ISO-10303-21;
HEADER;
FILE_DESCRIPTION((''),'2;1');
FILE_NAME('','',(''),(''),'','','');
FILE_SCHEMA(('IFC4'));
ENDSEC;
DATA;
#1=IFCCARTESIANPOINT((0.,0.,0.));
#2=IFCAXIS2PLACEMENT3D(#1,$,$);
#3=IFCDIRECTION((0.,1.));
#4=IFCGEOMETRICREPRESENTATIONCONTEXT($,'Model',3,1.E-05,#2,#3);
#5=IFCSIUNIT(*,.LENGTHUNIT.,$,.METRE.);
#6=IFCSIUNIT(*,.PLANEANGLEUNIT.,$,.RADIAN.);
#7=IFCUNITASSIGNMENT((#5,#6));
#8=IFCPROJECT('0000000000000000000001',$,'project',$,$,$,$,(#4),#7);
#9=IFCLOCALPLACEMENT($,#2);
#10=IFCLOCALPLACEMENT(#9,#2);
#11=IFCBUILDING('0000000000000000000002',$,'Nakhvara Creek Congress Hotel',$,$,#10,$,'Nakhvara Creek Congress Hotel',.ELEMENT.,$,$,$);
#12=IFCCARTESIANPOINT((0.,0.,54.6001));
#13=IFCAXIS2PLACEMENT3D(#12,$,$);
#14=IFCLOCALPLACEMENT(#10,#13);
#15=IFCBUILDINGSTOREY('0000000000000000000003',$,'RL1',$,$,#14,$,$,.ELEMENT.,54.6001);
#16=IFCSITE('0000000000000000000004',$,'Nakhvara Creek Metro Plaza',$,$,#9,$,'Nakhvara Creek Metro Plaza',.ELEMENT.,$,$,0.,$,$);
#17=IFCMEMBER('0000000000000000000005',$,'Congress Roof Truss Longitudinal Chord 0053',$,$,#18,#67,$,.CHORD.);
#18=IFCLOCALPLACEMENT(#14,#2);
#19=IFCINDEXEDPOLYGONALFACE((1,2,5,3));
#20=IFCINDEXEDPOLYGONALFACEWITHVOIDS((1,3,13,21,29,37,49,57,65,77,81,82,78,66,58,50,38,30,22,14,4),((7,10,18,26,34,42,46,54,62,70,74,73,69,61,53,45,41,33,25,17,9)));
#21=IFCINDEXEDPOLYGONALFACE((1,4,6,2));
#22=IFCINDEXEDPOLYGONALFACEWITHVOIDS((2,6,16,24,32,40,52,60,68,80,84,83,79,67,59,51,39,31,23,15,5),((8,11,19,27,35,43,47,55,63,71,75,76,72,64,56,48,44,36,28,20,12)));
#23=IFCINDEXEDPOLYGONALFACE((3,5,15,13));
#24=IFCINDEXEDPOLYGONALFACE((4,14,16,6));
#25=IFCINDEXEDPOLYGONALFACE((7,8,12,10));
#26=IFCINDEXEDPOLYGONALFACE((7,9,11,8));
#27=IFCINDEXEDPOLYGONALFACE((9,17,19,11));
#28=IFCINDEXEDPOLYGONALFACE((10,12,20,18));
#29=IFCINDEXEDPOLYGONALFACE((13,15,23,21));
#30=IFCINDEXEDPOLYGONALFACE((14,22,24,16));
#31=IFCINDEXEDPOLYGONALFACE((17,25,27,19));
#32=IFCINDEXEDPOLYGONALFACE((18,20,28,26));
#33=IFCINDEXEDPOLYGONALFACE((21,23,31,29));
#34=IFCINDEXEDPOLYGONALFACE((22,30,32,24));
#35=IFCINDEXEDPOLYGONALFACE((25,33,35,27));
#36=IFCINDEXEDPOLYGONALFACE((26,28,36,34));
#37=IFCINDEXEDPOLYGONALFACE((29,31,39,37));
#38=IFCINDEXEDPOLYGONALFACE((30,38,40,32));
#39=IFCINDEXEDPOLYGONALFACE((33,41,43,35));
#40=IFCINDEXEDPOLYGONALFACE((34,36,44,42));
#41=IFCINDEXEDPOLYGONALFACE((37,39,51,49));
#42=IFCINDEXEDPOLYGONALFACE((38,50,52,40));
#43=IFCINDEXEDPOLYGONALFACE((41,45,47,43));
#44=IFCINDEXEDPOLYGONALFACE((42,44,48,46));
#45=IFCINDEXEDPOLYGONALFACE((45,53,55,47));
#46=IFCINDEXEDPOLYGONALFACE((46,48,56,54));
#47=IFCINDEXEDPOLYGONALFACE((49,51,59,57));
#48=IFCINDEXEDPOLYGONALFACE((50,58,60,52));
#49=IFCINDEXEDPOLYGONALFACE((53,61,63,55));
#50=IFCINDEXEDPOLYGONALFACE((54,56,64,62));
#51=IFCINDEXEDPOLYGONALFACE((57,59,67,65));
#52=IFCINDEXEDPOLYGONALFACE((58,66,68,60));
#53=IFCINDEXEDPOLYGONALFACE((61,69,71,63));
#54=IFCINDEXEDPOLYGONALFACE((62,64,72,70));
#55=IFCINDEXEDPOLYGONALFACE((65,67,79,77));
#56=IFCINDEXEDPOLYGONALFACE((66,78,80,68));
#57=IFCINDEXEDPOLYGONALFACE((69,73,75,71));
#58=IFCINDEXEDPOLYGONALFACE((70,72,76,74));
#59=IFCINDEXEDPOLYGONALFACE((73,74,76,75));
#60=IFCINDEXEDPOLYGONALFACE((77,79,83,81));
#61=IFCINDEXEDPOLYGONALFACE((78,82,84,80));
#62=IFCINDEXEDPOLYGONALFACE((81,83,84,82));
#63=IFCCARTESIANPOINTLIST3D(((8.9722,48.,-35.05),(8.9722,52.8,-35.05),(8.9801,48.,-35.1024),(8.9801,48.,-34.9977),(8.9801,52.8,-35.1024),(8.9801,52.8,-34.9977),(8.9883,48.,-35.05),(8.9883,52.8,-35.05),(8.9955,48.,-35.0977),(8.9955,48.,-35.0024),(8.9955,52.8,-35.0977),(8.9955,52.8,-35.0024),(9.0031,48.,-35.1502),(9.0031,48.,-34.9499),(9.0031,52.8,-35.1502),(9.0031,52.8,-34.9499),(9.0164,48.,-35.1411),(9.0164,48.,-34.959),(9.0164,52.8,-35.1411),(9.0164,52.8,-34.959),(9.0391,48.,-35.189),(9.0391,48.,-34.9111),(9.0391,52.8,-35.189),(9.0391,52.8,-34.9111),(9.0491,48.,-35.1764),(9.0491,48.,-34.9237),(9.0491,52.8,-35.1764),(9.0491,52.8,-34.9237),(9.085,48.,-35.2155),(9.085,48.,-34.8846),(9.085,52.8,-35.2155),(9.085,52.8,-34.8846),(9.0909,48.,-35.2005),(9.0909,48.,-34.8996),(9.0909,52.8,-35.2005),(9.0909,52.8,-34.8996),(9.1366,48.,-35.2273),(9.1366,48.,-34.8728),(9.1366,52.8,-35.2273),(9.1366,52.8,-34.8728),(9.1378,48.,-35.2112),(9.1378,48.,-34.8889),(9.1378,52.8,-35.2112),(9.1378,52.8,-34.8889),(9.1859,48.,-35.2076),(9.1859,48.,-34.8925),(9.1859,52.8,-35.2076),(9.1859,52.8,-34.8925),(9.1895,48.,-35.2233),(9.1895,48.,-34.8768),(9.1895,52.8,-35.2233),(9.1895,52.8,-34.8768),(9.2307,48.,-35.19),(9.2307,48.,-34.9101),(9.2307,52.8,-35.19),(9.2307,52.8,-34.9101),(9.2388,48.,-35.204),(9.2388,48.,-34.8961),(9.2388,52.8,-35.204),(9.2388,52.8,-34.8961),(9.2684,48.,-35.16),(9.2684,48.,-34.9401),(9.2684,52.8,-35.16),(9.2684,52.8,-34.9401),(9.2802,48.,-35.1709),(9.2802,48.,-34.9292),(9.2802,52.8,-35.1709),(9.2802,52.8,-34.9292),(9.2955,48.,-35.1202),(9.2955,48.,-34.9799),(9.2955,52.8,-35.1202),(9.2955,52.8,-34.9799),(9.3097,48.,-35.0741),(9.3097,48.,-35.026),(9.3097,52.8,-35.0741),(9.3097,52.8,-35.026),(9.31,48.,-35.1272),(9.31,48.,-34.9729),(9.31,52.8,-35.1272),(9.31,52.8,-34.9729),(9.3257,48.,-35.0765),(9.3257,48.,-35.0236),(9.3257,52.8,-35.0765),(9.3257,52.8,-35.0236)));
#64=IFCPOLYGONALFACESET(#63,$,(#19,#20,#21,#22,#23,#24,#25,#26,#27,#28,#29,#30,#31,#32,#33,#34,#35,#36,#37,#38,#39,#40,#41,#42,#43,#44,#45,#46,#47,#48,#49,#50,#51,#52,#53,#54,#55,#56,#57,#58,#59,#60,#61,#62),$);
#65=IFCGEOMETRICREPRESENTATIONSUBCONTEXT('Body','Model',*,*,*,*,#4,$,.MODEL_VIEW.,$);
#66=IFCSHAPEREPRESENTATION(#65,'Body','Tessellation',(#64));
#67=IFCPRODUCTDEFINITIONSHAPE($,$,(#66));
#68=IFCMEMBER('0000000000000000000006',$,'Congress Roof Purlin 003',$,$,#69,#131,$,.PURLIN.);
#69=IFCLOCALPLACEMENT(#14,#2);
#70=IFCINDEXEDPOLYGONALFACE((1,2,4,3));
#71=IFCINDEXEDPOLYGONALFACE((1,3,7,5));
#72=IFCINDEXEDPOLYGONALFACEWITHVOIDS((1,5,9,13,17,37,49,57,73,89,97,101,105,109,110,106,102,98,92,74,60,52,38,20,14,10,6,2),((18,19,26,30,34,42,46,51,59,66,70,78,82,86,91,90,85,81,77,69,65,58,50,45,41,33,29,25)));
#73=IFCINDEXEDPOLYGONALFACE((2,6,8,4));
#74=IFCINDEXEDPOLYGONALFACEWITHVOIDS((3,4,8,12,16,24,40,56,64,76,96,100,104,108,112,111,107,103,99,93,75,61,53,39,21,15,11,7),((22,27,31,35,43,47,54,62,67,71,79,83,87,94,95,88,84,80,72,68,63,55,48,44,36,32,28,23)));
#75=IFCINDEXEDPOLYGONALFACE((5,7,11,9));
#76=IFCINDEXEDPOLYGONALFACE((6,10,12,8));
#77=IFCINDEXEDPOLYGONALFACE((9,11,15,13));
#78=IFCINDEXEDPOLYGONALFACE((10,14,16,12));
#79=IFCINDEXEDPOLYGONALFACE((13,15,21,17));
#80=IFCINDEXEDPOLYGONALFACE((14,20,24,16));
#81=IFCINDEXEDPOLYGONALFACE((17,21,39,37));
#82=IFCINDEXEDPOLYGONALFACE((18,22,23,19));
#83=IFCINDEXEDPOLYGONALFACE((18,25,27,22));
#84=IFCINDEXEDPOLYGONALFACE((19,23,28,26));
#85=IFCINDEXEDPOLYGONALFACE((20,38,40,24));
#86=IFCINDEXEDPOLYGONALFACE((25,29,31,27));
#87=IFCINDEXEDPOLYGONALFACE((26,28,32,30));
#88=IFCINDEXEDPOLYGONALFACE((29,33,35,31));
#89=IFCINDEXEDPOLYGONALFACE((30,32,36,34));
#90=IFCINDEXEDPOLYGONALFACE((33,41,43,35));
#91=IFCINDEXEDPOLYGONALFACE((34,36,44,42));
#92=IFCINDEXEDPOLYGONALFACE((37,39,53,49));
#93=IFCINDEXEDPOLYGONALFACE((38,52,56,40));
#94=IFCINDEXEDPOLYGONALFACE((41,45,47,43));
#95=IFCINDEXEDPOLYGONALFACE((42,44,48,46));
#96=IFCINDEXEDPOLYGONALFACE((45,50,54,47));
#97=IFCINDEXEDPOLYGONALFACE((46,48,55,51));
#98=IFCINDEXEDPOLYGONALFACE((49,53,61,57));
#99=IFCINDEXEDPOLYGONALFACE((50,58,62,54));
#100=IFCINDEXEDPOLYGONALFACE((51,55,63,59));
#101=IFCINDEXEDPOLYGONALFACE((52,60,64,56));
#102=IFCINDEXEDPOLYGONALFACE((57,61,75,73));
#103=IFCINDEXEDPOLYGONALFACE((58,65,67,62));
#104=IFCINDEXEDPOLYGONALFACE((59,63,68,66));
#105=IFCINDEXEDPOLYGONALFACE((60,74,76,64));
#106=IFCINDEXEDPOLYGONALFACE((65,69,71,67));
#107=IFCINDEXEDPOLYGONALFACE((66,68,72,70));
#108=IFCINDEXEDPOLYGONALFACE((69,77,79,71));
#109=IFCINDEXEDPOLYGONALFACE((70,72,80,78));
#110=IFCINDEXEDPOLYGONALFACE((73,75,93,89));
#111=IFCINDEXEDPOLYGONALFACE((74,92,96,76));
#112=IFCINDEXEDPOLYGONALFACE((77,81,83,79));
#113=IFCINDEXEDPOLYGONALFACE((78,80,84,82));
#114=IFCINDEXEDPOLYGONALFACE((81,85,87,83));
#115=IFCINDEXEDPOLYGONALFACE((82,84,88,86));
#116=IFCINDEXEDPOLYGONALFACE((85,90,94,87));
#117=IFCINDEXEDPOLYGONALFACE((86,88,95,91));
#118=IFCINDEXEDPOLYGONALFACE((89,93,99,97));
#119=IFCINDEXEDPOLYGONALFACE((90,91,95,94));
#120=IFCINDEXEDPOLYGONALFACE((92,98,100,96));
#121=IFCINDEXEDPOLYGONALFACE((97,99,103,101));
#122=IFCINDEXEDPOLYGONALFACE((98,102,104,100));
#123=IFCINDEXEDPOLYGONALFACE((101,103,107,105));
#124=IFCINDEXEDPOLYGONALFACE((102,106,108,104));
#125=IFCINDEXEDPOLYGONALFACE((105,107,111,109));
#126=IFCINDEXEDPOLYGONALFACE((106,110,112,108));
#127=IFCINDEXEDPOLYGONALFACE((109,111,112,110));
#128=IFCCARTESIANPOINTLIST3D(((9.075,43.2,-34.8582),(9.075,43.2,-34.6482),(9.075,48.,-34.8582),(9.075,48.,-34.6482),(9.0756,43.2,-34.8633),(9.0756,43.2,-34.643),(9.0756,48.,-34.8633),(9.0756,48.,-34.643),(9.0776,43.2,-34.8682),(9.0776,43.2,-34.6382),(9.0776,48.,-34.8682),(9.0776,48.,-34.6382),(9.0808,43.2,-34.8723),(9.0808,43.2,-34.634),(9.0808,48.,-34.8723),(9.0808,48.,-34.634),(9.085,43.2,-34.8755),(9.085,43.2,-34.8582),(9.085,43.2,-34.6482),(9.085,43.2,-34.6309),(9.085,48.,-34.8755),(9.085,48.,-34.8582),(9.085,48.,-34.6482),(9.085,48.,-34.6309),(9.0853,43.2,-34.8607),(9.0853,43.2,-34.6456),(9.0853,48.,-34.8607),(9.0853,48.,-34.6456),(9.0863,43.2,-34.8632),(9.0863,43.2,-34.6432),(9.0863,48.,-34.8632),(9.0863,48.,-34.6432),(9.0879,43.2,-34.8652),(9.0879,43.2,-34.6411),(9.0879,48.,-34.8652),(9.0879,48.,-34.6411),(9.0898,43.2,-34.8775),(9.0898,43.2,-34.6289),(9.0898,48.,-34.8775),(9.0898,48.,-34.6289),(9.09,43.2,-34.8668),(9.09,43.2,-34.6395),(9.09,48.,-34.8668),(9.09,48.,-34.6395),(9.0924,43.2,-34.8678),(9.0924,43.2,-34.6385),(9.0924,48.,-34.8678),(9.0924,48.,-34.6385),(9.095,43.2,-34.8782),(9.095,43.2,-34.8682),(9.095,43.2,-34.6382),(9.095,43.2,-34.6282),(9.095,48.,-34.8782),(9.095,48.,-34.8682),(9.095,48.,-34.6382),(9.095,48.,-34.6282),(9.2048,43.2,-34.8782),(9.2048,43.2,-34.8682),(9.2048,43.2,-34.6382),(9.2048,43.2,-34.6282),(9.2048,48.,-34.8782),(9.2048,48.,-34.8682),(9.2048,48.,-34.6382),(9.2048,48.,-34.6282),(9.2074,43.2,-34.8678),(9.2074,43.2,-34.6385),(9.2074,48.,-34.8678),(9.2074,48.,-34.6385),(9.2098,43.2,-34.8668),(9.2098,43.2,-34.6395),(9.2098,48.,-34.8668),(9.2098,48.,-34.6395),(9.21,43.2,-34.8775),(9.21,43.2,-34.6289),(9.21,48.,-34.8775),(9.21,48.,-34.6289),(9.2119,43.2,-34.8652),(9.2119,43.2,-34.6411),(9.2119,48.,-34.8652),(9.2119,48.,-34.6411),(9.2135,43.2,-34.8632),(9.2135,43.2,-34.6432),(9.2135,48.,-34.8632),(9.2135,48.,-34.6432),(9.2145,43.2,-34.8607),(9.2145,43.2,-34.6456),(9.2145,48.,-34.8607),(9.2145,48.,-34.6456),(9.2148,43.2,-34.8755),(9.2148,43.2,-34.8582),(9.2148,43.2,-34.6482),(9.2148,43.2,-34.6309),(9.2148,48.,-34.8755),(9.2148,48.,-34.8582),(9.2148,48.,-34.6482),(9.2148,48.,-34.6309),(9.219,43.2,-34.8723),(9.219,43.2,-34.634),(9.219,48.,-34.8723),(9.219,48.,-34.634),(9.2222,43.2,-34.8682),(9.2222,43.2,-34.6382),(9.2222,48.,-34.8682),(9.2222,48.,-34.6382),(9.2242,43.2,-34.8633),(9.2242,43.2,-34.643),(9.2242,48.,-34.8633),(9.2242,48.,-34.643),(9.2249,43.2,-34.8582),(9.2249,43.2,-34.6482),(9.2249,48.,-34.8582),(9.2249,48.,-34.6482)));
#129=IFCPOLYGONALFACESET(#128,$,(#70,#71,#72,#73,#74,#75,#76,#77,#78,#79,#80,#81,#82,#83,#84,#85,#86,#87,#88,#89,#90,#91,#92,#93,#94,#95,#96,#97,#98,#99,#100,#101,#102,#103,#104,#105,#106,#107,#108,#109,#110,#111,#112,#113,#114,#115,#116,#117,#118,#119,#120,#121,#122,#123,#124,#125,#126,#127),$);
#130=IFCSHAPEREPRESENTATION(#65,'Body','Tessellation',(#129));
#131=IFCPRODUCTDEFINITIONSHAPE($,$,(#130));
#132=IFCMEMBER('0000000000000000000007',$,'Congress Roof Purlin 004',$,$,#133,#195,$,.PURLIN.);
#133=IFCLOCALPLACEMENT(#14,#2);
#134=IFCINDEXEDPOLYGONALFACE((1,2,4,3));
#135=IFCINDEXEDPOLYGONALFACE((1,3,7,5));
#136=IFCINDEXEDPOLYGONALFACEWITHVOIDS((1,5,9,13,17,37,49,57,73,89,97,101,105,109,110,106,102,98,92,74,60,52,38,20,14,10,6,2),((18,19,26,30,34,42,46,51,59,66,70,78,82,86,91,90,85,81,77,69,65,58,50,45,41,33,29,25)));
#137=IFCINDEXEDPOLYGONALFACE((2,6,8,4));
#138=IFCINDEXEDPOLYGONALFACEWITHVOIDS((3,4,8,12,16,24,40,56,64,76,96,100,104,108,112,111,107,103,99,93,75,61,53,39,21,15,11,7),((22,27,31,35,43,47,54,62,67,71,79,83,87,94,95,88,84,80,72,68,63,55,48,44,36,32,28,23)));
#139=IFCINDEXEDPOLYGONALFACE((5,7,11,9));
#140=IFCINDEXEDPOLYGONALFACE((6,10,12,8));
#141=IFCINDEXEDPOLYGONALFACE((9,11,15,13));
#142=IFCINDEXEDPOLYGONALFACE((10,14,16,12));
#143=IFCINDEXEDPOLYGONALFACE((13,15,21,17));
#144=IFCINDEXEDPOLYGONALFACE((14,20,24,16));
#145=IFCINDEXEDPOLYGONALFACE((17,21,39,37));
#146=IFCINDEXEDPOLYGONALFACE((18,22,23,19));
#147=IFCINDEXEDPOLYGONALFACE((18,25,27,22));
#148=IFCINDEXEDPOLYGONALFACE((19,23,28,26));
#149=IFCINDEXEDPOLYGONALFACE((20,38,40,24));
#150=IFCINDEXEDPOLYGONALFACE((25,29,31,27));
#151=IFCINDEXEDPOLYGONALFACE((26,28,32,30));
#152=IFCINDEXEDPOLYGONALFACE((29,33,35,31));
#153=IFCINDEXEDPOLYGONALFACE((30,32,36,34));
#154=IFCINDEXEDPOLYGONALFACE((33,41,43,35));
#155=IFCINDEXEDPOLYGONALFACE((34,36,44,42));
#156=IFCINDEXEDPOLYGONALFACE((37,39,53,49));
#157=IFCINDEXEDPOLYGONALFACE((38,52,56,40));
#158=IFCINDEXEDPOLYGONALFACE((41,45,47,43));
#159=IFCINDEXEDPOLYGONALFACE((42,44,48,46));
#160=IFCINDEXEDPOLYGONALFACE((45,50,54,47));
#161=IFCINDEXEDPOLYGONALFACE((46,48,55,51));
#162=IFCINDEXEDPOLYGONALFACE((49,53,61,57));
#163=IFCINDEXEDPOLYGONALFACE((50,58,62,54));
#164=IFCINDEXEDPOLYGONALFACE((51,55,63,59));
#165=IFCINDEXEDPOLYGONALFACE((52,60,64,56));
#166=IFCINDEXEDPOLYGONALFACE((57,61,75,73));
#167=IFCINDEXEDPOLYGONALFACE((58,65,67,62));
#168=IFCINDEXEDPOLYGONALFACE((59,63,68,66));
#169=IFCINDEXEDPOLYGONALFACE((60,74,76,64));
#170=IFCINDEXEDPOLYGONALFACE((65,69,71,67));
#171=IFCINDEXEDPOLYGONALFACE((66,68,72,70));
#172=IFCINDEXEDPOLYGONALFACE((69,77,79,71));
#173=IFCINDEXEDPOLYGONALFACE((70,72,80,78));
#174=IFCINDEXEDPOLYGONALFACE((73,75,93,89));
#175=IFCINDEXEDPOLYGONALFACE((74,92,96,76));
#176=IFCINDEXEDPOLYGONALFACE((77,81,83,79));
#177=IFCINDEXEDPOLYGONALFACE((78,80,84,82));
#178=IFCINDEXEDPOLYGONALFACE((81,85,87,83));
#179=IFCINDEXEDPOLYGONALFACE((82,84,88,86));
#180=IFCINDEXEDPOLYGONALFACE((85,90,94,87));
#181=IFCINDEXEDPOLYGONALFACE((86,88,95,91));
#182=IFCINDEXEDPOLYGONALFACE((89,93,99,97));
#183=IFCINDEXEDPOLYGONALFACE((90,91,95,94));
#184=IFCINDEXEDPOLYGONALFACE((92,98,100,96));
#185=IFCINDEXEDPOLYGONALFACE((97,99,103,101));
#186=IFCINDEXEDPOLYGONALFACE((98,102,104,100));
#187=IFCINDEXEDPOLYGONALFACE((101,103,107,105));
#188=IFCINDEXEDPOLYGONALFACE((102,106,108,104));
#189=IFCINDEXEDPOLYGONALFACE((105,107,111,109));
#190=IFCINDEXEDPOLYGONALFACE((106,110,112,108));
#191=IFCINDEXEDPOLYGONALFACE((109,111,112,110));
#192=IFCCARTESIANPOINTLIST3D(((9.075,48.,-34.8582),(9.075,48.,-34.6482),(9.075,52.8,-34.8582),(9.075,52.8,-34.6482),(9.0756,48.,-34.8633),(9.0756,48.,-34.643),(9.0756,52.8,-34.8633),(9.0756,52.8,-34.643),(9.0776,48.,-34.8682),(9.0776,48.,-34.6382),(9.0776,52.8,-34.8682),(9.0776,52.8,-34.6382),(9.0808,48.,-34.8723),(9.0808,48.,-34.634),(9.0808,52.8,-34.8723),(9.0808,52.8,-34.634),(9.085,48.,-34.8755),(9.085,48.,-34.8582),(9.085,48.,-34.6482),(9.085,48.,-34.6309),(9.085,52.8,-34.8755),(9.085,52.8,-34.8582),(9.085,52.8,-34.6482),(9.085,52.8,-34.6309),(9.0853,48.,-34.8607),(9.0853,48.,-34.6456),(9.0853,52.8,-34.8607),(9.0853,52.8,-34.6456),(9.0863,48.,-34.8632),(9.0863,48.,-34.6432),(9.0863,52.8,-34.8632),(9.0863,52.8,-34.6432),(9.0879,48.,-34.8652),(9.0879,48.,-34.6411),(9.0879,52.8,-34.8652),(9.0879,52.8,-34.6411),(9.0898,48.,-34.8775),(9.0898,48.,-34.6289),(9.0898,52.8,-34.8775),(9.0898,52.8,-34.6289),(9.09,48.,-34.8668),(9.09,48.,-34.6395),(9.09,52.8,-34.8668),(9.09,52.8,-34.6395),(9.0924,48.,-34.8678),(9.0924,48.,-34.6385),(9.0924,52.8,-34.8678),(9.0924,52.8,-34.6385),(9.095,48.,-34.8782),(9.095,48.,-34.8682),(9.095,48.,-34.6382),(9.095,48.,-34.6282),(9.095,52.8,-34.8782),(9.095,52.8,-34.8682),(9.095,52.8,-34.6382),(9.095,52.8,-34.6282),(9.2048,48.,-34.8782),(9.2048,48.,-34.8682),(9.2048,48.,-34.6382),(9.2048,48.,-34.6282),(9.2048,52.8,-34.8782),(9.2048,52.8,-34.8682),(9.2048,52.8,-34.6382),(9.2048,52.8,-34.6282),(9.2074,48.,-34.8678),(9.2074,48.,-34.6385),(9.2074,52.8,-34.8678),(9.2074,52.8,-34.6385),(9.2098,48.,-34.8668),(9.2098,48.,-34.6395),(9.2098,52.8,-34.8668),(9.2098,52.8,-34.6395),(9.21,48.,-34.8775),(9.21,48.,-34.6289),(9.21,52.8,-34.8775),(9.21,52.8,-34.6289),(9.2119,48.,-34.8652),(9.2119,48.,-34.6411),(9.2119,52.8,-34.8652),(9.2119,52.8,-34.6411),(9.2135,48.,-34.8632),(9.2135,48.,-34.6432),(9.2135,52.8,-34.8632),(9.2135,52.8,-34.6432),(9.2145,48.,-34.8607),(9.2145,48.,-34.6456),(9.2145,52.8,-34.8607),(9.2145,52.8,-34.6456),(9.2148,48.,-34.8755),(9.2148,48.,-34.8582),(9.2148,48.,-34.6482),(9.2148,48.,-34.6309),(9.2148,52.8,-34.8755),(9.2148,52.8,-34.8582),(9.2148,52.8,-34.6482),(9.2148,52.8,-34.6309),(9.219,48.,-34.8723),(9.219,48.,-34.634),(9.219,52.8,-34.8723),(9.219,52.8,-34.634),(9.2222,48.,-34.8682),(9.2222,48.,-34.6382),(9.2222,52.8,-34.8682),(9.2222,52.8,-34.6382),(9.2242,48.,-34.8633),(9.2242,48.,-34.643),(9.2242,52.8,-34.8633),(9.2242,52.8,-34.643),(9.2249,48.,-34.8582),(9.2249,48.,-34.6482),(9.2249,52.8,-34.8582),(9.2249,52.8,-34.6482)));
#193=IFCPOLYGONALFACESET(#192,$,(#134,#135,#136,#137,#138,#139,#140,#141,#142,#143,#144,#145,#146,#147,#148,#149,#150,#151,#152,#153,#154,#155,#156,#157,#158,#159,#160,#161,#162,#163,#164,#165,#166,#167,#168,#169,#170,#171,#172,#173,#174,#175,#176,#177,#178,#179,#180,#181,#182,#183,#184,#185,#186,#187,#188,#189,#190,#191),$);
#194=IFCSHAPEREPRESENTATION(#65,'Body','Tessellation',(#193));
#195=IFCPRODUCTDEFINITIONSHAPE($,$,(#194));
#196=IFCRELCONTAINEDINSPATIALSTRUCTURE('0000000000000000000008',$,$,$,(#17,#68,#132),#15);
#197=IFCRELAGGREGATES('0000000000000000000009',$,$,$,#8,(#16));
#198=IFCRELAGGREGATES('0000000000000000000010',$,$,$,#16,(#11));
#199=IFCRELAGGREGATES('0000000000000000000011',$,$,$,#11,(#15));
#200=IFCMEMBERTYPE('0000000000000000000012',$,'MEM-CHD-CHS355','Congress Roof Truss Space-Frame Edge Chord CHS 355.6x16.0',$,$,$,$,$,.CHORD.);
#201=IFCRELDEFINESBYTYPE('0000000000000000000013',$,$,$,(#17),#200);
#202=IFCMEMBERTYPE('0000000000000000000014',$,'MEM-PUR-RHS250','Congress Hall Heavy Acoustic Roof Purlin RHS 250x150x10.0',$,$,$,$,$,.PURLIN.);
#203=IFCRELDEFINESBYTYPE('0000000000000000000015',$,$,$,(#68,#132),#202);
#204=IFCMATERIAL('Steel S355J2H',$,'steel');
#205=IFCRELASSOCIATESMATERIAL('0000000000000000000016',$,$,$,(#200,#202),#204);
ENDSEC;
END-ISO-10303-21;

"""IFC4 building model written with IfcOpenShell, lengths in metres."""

from ifc_helpers import new_model, si_unit, direction, frame, origin, origin_2d, place, context, subcontext, project, spatial, hollow_rectangle, hollow_circle, extrude, material, material_profile, profile_set, type_object, element, save


model = new_model("IFC4")

# Units and contexts
model_context = context("Model", 3, precision=1e-05, world=origin(), true_north=direction((0.0, 1.0)))
body_context = subcontext(model_context, "Body", "Model", "MODEL_VIEW")
ifc_project = project(units=[si_unit("LENGTHUNIT", "METRE"), si_unit("PLANEANGLEUNIT", "RADIAN")], contexts=[model_context])

# Site, building, storey
site_placement = place(None, origin())
site = spatial("IfcSite", under=ifc_project, at=site_placement, Name="Nakhvara Creek Metro Plaza", LongName="Nakhvara Creek Metro Plaza", CompositionType="ELEMENT", RefElevation=0.0)
building_placement = place(site_placement, origin())
building = spatial("IfcBuilding", under=site, at=building_placement, Name="Nakhvara Creek Congress Hotel", LongName="Nakhvara Creek Congress Hotel", CompositionType="ELEMENT")
storey_placement = place(building_placement, frame((0.0, 0.0, 54.6001)))
storey = spatial("IfcBuildingStorey", under=building, at=storey_placement, Name="RL1", CompositionType="ELEMENT", Elevation=54.6001)

# Members
ifc_material_1 = material(Name="Steel S355J2H", Category="steel")
ifc_material_profile_1 = material_profile(ifc_material_1, hollow_circle(Radius=0.1777, WallThickness=0.0161, at=origin_2d()), Name="CHS 355.6x16.0", Category="LoadBearing")
ifc_profile_set_1 = profile_set([ifc_material_profile_1], Name="Steel S355J2H")
member_type_1 = type_object("IfcMemberType", Name="MEM-CHD-CHS355", Description="Congress Roof Truss Space-Frame Edge Chord CHS 355.6x16.0", PredefinedType="CHORD", material=ifc_profile_set_1)
for number, where, z_axis, x_axis, name in (
    (1, (9.1499, 48.0, -35.05), (0.0, 1.0, 0.0), (-1.0, 0.0, 0.0), "Congress Roof Truss Longitudinal Chord 0053"),
):
    element("IfcMember", number, at=place(storey_placement, frame(where, z_axis=z_axis, x_axis=x_axis)), inside=storey, type_object=member_type_1, Name=name, PredefinedType="CHORD", context=body_context, shape_type="SweptSolid", body=[
        extrude(hollow_circle(Radius=0.1777, WallThickness=0.0161, at=origin_2d()), origin(), (0.0, 0.0, 1.0), 4.8),
    ])
ifc_material_profile_2 = material_profile(ifc_material_1, hollow_rectangle(XDim=0.1499, YDim=0.25, WallThickness=0.01, InnerFilletRadius=0.01, OuterFilletRadius=0.02, at=origin_2d()), Name="RHS 250x150x10.0", Category="LoadBearing")
ifc_profile_set_2 = profile_set([ifc_material_profile_2], Name="Steel S355J2H")
member_type_2 = type_object("IfcMemberType", Name="MEM-PUR-RHS250", Description="Congress Hall Heavy Acoustic Roof Purlin RHS 250x150x10.0", PredefinedType="PURLIN", material=ifc_profile_set_2)
for number, where, z_axis, x_axis, name in (
    (2, (9.1499, 43.2, -34.7532), (0.0, 1.0, 0.0), (-1.0, 0.0, 0.0), "Congress Roof Purlin 003"),
    (3, (9.1499, 48.0, -34.7532), (0.0, 1.0, 0.0), (-1.0, 0.0, 0.0), "Congress Roof Purlin 004"),
):
    element("IfcMember", number, at=place(storey_placement, frame(where, z_axis=z_axis, x_axis=x_axis)), inside=storey, type_object=member_type_2, Name=name, PredefinedType="PURLIN", context=body_context, shape_type="SweptSolid", body=[
        extrude(hollow_rectangle(XDim=0.1499, YDim=0.25, WallThickness=0.01, InnerFilletRadius=0.01, OuterFilletRadius=0.02, at=origin_2d()), origin(), (0.0, 0.0, 1.0), 4.8),
    ])

save(model, "model.ifc")
